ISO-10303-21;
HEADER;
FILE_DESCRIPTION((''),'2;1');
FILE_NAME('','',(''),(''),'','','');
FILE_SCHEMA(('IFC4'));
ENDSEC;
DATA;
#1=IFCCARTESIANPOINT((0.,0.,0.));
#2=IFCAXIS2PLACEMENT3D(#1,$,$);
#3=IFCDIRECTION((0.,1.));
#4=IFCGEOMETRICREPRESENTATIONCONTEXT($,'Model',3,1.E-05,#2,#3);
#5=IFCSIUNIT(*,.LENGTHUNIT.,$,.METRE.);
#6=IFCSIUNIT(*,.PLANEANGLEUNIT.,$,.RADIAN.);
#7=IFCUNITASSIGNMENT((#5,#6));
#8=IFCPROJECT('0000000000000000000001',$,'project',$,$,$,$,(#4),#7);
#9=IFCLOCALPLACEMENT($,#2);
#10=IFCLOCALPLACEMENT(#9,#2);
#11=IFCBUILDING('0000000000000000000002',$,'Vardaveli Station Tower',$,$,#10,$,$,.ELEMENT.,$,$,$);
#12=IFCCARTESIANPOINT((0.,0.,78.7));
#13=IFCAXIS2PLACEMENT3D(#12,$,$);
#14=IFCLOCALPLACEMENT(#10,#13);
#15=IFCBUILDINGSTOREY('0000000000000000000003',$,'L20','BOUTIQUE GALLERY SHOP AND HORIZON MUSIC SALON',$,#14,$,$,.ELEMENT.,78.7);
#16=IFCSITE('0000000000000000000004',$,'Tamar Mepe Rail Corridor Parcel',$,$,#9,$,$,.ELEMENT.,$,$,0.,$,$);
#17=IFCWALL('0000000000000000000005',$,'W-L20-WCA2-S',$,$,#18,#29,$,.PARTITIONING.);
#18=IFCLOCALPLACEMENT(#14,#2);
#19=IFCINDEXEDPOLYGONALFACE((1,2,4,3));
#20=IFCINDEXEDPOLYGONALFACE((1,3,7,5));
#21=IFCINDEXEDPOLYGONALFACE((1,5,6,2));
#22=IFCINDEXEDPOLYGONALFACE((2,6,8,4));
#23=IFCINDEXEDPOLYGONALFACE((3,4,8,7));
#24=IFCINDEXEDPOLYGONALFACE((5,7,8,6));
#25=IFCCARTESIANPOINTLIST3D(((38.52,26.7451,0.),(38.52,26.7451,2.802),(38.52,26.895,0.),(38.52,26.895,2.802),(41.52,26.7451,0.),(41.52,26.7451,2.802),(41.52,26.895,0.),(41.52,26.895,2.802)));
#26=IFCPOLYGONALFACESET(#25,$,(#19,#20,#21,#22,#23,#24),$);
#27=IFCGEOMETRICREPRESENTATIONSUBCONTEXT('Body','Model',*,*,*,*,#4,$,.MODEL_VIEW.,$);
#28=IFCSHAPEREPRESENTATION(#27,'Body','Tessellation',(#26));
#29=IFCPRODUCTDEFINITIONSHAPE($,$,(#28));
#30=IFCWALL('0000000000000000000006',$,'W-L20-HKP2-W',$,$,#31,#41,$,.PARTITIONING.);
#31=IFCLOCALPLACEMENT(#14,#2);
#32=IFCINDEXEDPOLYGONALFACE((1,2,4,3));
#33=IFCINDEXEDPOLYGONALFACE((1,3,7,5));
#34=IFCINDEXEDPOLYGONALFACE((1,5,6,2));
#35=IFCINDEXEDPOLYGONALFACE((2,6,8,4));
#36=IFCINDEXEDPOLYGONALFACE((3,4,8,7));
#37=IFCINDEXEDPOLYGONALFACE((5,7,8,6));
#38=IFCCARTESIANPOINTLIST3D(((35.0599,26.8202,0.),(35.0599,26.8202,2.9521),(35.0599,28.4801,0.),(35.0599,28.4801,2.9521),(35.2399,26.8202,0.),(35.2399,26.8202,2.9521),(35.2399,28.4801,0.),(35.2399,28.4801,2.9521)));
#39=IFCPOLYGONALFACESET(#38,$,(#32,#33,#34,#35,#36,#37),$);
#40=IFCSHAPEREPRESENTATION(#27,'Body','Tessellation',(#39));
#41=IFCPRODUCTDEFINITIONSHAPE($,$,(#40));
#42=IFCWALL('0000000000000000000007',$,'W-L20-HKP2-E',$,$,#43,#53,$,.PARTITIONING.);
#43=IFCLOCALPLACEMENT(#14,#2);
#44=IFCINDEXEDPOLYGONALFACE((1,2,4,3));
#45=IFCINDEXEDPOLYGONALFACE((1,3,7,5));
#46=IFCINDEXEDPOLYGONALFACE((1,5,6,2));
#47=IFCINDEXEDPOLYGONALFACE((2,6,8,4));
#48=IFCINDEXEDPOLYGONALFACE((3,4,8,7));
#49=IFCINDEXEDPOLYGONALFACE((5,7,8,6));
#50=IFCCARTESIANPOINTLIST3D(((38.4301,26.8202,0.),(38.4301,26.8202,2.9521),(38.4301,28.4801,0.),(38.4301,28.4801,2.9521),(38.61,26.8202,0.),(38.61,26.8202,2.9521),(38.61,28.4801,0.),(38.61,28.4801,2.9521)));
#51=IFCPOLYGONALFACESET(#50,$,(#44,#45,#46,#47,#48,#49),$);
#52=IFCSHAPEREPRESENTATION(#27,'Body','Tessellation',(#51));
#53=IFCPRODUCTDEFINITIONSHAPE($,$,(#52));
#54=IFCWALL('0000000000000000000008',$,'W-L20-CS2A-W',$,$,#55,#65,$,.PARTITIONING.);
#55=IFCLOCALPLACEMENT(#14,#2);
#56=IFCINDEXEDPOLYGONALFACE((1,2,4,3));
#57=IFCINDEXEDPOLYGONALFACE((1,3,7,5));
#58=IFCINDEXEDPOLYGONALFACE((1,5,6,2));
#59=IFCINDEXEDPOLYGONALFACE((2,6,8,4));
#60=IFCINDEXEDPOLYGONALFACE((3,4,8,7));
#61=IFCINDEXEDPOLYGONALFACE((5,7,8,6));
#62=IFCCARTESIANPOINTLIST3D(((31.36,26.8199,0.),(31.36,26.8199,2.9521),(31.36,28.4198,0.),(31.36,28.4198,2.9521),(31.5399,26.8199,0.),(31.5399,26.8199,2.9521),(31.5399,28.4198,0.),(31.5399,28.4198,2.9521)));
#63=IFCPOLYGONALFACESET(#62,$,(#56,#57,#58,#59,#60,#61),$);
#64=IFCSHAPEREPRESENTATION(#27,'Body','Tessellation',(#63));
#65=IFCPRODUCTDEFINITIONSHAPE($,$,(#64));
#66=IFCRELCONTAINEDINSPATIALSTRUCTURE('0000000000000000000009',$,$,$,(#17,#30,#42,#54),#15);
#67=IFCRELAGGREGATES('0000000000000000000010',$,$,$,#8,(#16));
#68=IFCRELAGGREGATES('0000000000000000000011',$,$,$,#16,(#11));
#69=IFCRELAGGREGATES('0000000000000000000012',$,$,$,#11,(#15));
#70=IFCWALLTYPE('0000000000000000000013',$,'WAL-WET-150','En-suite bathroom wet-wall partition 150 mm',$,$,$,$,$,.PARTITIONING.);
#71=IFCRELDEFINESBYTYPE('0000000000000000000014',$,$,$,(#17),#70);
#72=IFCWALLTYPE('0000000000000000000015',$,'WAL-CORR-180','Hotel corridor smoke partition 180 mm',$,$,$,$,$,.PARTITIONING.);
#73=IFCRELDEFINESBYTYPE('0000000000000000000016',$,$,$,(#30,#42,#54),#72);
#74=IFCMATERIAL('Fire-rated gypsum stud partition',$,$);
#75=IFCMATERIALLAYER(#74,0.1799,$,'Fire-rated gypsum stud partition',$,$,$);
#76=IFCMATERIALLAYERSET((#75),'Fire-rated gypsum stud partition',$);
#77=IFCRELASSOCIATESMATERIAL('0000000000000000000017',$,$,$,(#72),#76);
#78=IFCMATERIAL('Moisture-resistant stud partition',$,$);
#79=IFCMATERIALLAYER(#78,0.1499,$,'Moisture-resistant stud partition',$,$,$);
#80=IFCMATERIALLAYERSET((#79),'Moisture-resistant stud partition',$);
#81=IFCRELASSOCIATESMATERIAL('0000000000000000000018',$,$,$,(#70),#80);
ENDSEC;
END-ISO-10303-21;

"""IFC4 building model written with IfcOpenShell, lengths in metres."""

from ifc_helpers import new_model, si_unit, direction, frame, frame_2d, origin, place, context, subcontext, project, spatial, rectangle, extrude, source, transform, mapped, material, layer, layer_set, type_object, element, save


model = new_model("IFC4")

# Units and contexts
model_context = context("Model", 3, precision=1e-05, world=origin(), true_north=direction((0.0, 1.0)))
body_context = subcontext(model_context, "Body", "Model", "MODEL_VIEW")
ifc_project = project(units=[si_unit("LENGTHUNIT", "METRE"), si_unit("PLANEANGLEUNIT", "RADIAN")], contexts=[model_context])

# Site, building, storey
site_placement = place(None, origin())
site = spatial("IfcSite", under=ifc_project, at=site_placement, Name="Tamar Mepe Rail Corridor Parcel", CompositionType="ELEMENT", RefElevation=0.0)
building_placement = place(site_placement, origin())
building = spatial("IfcBuilding", under=site, at=building_placement, Name="Vardaveli Station Tower", CompositionType="ELEMENT")
storey_placement = place(building_placement, frame((0.0, 0.0, 78.7)))
storey = spatial("IfcBuildingStorey", under=building, at=storey_placement, Name="L20", Description="BOUTIQUE GALLERY SHOP AND HORIZON MUSIC SALON", CompositionType="ELEMENT", Elevation=78.7)

# Walls
ifc_material_1 = material(Name="Fire-rated gypsum stud partition")
ifc_layer_1 = layer(ifc_material_1, 0.1799, Name="Fire-rated gypsum stud partition")
ifc_layer_set_1 = layer_set([ifc_layer_1], Name="Fire-rated gypsum stud partition")
wall_type_1 = type_object("IfcWallType", Name="WAL-CORR-180", Description="Hotel corridor smoke partition 180 mm", PredefinedType="PARTITIONING", material=ifc_layer_set_1)
ifc_material_2 = material(Name="Moisture-resistant stud partition")
ifc_layer_2 = layer(ifc_material_2, 0.1499, Name="Moisture-resistant stud partition")
ifc_layer_set_2 = layer_set([ifc_layer_2], Name="Moisture-resistant stud partition")
wall_type_2 = type_object("IfcWallType", Name="WAL-WET-150", Description="En-suite bathroom wet-wall partition 150 mm", PredefinedType="PARTITIONING", material=ifc_layer_set_2)
shared_shape_1 = source(origin(), body_context, "Body", "SweptSolid", [
    extrude(rectangle(XDim=3.0, YDim=0.1499, at=frame_2d((1.5, 0.0))), origin(), (0.0, 0.0, 1.0), 2.802),
])
wall_1_placement = place(storey_placement, frame((38.52, 26.8201, 0.0), z_axis=(0.0, 0.0, 1.0), x_axis=(1.0, 0.0, 0.0)))
element("IfcWall", 1, at=wall_1_placement, inside=storey, type_object=wall_type_2, Name="W-L20-WCA2-S", PredefinedType="PARTITIONING", context=body_context, shape_type="MappedRepresentation", body=[
    mapped(shared_shape_1, transform((0.0, 0.0, 0.0), scale=1.0)),
])
shared_shape_2 = source(origin(), body_context, "Body", "SweptSolid", [
    extrude(rectangle(XDim=1.6599, YDim=0.1799, at=frame_2d((0.8301, 0.0))), origin(), (0.0, 0.0, 1.0), 2.9521),
])
for number, where, z_axis, x_axis, name in (
    (2, (35.1499, 26.8201, 0.0), (0.0, 0.0, 1.0), (0.0, 1.0, 0.0), "W-L20-HKP2-W"),
    (3, (38.52, 26.8201, 0.0), (0.0, 0.0, 1.0), (0.0, 1.0, 0.0), "W-L20-HKP2-E"),
):
    element("IfcWall", number, at=place(storey_placement, frame(where, z_axis=z_axis, x_axis=x_axis)), inside=storey, type_object=wall_type_1, Name=name, PredefinedType="PARTITIONING", context=body_context, shape_type="MappedRepresentation", body=[
        mapped(shared_shape_2, transform((0.0, 0.0, 0.0), scale=1.0)),
    ])
shared_shape_3 = source(origin(), body_context, "Body", "SweptSolid", [
    extrude(rectangle(XDim=1.5999, YDim=0.1799, at=frame_2d((0.7998, 0.0))), origin(), (0.0, 0.0, 1.0), 2.9521),
])
wall_2_placement = place(storey_placement, frame((31.45, 26.8201, 0.0), z_axis=(0.0, 0.0, 1.0), x_axis=(0.0, 1.0, 0.0)))
element("IfcWall", 4, at=wall_2_placement, inside=storey, type_object=wall_type_1, Name="W-L20-CS2A-W", PredefinedType="PARTITIONING", context=body_context, shape_type="MappedRepresentation", body=[
    mapped(shared_shape_3, transform((0.0, 0.0, 0.0), scale=1.0)),
])

save(model, "model.ifc")
